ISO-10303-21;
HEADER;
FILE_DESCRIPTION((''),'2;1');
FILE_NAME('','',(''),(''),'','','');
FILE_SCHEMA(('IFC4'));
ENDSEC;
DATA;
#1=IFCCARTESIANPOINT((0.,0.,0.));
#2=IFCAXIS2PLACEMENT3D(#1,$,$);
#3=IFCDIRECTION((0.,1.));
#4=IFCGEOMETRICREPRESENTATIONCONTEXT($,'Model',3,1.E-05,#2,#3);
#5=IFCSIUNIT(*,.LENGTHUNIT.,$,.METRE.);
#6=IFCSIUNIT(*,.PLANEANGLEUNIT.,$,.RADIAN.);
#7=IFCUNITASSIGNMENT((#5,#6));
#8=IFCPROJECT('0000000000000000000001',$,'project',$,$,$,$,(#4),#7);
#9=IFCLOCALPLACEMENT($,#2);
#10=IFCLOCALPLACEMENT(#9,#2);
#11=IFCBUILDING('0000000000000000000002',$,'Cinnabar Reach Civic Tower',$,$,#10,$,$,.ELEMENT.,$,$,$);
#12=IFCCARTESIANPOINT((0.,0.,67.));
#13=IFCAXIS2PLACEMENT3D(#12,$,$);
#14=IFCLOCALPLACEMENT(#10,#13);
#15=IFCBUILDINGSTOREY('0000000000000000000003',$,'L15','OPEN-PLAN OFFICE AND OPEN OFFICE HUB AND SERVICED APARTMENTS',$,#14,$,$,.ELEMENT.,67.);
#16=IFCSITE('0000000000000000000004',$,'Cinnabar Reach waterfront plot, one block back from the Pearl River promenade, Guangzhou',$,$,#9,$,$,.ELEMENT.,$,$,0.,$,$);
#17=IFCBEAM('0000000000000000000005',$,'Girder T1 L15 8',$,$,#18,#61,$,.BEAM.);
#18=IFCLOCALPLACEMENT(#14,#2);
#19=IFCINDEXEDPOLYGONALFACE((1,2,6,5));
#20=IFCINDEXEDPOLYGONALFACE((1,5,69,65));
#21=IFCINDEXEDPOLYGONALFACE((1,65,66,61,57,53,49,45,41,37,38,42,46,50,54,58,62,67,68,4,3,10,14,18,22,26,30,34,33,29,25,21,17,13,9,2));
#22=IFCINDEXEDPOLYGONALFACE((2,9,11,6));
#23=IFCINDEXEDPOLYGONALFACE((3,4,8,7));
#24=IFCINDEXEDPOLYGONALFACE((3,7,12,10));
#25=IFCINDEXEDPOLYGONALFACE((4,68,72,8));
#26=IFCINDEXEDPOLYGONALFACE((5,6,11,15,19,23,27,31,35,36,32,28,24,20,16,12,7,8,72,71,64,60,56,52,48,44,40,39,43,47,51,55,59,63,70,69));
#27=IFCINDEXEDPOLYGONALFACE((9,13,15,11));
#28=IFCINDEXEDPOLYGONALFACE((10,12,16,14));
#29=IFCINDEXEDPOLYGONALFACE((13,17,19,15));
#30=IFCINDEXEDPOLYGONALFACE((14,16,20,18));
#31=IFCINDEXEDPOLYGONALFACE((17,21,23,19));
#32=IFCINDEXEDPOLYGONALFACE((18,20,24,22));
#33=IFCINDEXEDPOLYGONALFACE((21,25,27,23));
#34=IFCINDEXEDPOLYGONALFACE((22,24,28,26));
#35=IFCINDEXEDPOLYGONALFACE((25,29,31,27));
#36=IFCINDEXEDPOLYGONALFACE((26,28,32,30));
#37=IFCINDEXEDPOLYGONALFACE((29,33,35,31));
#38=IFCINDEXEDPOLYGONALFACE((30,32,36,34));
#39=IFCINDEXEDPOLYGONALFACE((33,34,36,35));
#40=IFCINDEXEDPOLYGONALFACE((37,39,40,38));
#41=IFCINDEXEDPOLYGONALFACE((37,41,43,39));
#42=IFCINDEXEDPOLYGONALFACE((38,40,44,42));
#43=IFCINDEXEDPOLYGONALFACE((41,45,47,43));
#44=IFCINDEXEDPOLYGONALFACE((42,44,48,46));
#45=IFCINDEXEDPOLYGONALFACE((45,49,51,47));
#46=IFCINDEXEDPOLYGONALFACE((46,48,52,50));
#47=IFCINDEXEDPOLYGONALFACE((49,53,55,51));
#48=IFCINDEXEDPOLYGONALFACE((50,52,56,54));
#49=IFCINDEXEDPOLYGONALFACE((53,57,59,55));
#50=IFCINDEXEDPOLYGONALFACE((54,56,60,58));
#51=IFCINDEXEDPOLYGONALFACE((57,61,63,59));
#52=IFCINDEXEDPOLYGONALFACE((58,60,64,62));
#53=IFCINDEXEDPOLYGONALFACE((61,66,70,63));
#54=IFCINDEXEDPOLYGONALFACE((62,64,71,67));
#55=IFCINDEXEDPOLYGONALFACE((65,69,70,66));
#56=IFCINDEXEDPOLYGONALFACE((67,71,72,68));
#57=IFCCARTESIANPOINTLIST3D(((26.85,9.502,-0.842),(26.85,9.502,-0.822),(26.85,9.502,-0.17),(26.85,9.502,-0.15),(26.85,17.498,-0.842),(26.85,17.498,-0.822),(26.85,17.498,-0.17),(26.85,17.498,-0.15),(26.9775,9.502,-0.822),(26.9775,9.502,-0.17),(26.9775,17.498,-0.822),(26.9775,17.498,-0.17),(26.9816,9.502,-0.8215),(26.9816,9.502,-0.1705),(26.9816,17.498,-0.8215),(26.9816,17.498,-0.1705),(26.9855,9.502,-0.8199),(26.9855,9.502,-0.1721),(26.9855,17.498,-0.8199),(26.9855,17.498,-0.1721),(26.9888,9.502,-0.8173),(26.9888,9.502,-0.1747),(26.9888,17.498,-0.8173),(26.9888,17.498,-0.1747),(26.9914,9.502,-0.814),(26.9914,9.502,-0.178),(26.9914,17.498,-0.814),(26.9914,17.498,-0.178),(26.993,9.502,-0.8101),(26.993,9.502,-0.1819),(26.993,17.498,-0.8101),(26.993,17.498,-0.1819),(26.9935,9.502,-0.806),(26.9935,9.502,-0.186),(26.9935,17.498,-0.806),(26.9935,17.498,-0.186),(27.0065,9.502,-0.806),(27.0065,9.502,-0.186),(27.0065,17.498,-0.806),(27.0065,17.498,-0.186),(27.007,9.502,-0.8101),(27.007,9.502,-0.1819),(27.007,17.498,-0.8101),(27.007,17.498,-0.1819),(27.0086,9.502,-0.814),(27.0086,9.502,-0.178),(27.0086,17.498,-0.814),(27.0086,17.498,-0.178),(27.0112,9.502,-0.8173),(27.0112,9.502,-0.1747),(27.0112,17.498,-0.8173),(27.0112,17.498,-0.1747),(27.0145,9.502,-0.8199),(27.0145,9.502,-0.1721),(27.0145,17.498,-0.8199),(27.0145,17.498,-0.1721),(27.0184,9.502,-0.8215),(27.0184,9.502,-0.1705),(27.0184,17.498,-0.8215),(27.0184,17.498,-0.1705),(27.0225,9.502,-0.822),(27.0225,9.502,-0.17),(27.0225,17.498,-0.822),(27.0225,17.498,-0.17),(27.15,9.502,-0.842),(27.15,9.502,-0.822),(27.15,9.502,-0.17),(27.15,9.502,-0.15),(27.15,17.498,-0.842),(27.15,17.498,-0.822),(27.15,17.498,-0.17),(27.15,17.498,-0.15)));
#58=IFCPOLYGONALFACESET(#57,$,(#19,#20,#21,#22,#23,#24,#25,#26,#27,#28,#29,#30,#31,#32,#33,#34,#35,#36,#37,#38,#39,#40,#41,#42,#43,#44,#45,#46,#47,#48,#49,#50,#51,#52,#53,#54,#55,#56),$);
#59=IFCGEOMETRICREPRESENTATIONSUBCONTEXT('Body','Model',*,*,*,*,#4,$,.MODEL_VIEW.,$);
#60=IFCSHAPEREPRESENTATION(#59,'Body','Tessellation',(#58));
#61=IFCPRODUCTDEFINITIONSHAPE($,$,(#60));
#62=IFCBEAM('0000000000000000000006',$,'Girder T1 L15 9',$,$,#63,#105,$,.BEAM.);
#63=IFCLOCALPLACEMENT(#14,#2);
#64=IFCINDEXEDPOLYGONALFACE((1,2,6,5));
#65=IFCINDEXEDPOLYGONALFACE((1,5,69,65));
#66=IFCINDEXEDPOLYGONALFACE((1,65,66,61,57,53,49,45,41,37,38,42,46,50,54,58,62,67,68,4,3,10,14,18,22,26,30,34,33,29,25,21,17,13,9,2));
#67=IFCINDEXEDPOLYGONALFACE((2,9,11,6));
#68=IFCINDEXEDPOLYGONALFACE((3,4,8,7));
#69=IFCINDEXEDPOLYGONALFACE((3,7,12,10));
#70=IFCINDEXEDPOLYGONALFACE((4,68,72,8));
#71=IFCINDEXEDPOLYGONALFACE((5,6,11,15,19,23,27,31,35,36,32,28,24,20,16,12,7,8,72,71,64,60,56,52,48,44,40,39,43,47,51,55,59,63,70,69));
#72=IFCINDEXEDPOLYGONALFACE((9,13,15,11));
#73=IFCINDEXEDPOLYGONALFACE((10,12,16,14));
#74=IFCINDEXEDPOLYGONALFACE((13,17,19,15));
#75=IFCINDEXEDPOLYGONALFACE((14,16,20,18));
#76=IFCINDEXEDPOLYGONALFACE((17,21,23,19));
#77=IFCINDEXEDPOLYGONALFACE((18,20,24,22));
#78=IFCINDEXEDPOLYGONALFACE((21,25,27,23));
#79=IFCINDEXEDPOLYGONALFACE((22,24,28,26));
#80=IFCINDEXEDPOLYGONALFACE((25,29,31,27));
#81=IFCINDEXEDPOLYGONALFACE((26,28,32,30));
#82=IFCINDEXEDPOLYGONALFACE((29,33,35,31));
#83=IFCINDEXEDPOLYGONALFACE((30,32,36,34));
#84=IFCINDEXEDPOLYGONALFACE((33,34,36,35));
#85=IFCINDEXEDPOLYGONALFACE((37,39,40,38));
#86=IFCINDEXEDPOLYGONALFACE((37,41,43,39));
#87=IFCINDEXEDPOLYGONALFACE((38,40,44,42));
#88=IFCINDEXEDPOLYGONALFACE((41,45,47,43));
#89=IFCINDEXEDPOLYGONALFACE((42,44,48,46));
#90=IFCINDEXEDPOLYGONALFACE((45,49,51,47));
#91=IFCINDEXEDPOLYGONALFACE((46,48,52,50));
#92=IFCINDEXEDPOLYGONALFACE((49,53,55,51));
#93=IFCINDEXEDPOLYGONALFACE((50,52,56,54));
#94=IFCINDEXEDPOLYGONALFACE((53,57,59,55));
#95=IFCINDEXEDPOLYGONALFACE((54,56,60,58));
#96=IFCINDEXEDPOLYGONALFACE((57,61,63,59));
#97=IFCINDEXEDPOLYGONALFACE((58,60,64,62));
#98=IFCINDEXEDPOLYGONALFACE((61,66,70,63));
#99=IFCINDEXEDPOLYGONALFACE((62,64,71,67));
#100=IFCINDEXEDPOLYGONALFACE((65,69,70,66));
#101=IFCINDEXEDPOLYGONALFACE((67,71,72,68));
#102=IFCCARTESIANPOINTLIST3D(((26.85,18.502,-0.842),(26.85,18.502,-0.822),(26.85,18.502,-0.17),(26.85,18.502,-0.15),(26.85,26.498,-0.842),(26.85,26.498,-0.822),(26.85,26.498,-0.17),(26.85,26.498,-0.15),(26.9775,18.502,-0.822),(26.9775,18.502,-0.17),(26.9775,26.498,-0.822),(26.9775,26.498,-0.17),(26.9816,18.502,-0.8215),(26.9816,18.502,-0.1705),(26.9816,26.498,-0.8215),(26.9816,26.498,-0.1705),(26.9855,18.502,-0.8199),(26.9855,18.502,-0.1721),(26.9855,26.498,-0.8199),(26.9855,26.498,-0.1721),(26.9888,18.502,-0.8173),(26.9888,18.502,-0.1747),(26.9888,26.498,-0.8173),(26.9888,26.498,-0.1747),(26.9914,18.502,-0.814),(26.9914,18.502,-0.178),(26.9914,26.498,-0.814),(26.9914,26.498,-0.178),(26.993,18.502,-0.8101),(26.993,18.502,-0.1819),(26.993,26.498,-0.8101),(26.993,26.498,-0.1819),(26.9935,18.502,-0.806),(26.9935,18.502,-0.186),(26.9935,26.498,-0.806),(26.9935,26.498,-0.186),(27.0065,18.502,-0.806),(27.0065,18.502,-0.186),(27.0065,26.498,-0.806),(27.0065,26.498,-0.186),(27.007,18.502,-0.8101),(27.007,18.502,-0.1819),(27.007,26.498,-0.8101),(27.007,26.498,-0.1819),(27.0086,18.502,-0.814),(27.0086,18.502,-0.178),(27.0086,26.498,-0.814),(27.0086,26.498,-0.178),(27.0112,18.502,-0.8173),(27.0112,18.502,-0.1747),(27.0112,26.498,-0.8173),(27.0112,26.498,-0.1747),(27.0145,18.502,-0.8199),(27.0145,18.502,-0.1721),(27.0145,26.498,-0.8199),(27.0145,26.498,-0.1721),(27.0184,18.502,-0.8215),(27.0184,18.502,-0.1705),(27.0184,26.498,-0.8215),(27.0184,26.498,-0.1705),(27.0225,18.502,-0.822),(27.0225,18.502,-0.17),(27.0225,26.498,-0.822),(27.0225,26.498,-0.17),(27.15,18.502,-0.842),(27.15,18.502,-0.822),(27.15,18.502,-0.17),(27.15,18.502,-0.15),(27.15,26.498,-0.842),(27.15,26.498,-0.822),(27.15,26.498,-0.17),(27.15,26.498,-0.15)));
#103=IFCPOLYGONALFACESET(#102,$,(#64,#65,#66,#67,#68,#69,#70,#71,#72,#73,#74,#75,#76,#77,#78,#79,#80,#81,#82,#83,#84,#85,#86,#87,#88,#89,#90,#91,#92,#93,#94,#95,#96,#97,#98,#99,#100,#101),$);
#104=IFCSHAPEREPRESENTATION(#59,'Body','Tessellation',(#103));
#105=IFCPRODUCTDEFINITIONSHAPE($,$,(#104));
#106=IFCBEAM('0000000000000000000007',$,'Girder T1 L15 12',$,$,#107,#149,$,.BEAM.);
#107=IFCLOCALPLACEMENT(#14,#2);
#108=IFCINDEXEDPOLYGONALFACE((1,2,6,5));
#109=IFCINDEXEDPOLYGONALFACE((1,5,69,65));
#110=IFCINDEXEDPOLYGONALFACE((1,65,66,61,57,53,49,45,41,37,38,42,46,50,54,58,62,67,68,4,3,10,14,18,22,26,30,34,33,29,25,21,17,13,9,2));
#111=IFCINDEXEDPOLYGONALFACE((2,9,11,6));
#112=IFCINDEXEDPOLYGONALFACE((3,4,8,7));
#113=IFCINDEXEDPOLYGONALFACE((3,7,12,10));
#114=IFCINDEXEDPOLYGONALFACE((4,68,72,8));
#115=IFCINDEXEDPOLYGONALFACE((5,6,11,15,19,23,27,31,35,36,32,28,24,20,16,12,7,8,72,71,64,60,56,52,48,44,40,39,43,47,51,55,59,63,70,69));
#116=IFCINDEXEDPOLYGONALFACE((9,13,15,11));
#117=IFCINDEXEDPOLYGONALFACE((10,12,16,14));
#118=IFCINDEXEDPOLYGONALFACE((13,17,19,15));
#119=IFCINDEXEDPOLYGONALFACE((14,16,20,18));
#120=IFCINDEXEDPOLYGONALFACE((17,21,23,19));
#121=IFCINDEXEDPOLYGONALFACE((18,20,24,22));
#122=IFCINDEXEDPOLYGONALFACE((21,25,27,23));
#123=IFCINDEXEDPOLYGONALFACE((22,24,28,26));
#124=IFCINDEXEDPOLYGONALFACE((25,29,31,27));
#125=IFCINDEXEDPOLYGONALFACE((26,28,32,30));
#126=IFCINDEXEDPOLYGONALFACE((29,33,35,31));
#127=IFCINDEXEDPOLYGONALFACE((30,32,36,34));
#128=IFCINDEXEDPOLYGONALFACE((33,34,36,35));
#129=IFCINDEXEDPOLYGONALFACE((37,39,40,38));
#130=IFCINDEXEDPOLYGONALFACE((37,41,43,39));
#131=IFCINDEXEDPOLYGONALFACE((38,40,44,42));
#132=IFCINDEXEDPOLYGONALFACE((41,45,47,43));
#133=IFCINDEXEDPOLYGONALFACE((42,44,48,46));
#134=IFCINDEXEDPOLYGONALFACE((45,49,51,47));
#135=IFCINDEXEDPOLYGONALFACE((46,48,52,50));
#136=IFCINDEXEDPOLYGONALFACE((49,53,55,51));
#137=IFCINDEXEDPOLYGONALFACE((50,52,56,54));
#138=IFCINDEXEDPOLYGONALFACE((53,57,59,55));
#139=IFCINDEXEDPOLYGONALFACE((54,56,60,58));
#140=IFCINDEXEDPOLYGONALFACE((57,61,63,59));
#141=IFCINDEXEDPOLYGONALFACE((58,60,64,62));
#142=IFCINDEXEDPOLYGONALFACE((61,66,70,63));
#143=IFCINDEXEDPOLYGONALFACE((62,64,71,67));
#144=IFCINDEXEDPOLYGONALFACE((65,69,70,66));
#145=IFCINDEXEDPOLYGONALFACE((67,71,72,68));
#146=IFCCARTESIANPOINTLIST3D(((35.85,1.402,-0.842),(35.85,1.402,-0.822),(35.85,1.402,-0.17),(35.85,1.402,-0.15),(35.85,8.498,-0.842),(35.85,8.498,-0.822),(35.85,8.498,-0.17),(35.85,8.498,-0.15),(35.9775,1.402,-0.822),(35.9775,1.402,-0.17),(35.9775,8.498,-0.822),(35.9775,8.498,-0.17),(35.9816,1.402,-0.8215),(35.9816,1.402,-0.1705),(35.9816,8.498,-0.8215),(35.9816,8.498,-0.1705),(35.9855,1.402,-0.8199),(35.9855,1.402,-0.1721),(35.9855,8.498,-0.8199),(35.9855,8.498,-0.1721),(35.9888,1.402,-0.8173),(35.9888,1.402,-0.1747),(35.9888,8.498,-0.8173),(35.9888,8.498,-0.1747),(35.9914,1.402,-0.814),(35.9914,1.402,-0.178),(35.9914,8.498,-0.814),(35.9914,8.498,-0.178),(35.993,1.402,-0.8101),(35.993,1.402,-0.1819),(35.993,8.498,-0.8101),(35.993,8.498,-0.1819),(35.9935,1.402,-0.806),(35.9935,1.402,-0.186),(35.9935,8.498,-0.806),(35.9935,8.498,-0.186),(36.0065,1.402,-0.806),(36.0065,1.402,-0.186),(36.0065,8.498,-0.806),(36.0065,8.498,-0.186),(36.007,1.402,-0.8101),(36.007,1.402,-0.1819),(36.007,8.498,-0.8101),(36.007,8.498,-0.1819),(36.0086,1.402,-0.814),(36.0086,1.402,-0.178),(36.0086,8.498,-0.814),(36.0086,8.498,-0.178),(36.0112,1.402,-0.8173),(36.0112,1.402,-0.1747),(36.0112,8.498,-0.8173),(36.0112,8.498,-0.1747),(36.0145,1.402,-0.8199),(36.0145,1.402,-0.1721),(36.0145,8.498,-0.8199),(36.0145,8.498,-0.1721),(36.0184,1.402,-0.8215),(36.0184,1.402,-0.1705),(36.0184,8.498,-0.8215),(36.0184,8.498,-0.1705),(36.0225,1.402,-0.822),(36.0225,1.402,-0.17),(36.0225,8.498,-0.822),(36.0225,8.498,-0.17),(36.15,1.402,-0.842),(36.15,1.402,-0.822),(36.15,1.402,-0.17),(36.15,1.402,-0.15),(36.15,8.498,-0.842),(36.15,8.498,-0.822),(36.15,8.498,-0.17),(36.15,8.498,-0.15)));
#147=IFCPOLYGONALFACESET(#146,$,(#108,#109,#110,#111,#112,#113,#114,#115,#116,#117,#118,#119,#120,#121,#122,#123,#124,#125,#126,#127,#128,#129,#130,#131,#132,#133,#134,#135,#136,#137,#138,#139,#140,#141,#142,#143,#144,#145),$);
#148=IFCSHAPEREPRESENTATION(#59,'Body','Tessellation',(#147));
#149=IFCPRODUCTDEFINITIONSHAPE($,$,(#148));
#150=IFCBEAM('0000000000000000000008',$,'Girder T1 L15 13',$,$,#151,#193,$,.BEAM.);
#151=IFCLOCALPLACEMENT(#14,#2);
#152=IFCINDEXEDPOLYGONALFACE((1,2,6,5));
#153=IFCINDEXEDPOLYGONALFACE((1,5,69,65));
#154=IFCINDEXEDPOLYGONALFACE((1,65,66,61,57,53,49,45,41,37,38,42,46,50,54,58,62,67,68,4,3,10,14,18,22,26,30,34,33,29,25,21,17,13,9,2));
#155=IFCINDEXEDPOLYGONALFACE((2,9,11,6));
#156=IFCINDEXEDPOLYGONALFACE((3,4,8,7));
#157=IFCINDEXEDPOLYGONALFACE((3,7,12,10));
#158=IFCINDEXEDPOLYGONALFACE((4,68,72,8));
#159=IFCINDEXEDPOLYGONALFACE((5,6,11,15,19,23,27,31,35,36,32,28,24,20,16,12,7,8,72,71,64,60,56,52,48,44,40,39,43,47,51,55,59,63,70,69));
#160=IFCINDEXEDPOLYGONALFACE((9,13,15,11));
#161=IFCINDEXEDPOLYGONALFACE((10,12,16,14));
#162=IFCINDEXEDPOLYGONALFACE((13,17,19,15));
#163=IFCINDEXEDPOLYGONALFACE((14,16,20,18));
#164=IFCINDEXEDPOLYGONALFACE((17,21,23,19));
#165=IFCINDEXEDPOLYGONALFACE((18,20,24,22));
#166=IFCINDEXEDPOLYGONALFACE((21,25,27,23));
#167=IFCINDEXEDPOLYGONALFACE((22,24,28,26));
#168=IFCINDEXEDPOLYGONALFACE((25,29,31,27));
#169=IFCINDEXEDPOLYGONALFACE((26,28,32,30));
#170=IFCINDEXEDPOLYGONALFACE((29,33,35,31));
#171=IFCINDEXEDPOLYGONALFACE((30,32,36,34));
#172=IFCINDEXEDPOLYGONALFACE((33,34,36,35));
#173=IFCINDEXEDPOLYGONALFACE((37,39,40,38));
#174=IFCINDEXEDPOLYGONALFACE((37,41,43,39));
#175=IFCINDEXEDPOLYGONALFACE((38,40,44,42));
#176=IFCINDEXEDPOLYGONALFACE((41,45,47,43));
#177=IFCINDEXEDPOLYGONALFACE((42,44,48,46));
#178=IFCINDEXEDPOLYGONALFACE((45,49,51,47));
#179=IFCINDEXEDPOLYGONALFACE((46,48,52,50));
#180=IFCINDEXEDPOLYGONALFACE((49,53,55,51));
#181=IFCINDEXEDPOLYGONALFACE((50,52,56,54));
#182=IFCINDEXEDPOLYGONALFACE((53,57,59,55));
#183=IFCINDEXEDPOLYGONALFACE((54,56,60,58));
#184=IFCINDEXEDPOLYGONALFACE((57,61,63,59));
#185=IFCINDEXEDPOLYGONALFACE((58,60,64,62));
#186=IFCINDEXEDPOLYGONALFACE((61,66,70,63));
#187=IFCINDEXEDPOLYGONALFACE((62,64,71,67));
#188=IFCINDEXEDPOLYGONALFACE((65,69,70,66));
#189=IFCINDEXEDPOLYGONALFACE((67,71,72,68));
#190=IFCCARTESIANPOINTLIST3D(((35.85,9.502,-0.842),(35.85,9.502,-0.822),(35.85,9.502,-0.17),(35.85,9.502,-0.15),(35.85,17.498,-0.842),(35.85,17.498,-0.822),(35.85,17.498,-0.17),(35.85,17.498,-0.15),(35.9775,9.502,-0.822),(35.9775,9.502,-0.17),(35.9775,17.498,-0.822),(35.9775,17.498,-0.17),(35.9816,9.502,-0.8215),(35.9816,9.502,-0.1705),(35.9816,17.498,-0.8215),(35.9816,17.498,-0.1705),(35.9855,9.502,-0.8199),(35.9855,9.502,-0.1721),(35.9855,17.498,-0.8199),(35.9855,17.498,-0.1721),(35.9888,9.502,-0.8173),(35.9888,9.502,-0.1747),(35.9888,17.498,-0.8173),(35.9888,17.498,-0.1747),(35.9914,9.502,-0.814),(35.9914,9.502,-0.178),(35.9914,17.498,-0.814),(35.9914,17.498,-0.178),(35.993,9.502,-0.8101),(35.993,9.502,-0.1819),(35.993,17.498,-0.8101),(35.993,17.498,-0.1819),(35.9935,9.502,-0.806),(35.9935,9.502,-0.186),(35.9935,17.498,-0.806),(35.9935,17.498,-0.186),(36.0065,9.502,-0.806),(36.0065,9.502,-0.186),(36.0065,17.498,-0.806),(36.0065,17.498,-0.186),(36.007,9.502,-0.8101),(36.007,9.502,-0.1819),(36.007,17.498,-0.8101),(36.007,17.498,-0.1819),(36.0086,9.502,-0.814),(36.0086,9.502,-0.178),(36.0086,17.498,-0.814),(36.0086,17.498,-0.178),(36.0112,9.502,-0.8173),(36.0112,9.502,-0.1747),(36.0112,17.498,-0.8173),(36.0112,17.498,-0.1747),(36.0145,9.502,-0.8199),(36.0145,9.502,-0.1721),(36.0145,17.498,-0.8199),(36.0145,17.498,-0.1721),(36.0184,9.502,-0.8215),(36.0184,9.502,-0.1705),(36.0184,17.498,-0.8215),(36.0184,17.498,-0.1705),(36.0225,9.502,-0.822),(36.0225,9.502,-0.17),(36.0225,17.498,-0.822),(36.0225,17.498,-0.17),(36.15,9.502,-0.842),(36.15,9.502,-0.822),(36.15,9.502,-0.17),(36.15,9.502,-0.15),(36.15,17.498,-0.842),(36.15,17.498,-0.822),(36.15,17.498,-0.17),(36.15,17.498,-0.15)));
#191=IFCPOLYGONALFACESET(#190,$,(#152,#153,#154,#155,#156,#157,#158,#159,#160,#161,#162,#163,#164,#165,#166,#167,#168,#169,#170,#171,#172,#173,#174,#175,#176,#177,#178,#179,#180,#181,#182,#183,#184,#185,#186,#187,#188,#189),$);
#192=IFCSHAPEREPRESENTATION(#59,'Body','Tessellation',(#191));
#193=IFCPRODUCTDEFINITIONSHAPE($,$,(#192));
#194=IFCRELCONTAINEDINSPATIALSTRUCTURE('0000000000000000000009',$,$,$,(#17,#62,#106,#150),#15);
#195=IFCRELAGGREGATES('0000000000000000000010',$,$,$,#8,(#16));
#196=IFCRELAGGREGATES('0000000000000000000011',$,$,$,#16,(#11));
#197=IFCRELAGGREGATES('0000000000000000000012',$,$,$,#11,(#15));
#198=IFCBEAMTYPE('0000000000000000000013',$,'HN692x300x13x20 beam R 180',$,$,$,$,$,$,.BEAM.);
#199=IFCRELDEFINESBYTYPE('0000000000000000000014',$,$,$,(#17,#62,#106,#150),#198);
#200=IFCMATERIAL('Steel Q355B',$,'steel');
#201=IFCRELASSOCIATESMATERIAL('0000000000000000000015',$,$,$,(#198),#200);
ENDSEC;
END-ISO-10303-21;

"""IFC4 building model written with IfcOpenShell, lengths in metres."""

from ifc_helpers import new_model, si_unit, direction, frame, origin, origin_2d, place, context, subcontext, project, spatial, i_section, extrude, material, material_profile, profile_set, type_object, element, save


model = new_model("IFC4")

# Units and contexts
model_context = context("Model", 3, precision=1e-05, world=origin(), true_north=direction((0.0, 1.0)))
body_context = subcontext(model_context, "Body", "Model", "MODEL_VIEW")
ifc_project = project(units=[si_unit("LENGTHUNIT", "METRE"), si_unit("PLANEANGLEUNIT", "RADIAN")], contexts=[model_context])

# Site, building, storey
site_placement = place(None, origin())
site = spatial("IfcSite", under=ifc_project, at=site_placement, Name="Cinnabar Reach waterfront plot, one block back from the Pearl River promenade, Guangzhou", CompositionType="ELEMENT", RefElevation=0.0)
building_placement = place(site_placement, origin())
building = spatial("IfcBuilding", under=site, at=building_placement, Name="Cinnabar Reach Civic Tower", CompositionType="ELEMENT")
storey_placement = place(building_placement, frame((0.0, 0.0, 67.0)))
storey = spatial("IfcBuildingStorey", under=building, at=storey_placement, Name="L15", Description="OPEN-PLAN OFFICE AND OPEN OFFICE HUB AND SERVICED APARTMENTS", CompositionType="ELEMENT", Elevation=67.0)

# Beams
ifc_material_1 = material(Name="Steel Q355B", Category="steel")
ifc_material_profile_1 = material_profile(ifc_material_1, i_section(OverallWidth=0.3, OverallDepth=0.692, WebThickness=0.013, FlangeThickness=0.02, FilletRadius=0.016, at=origin_2d()), Name="HN692x300x13x20")
ifc_profile_set_1 = profile_set([ifc_material_profile_1], Name="Steel Q355B")
beam_type_1 = type_object("IfcBeamType", Name="HN692x300x13x20 beam R 180", PredefinedType="BEAM", material=ifc_profile_set_1)
for number, where, z_axis, x_axis, name in (
    (1, (27.0, 9.502, -0.496), (0.0, 1.0, 0.0), (-1.0, 0.0, 0.0), "Girder T1 L15 8"),
    (2, (27.0, 18.502, -0.496), (0.0, 1.0, 0.0), (-1.0, 0.0, 0.0), "Girder T1 L15 9"),
):
    element("IfcBeam", number, at=place(storey_placement, frame(where, z_axis=z_axis, x_axis=x_axis)), inside=storey, type_object=beam_type_1, Name=name, PredefinedType="BEAM", context=body_context, shape_type="SweptSolid", body=[
        extrude(i_section(OverallWidth=0.3, OverallDepth=0.692, WebThickness=0.013, FlangeThickness=0.02, FilletRadius=0.016, at=origin_2d()), origin(), (0.0, 0.0, 1.0), 7.996),
    ])
beam_1_placement = place(storey_placement, frame((36.0, 1.402, -0.496), z_axis=(0.0, 1.0, 0.0), x_axis=(-1.0, 0.0, 0.0)))
element("IfcBeam", 3, at=beam_1_placement, inside=storey, type_object=beam_type_1, Name="Girder T1 L15 12", PredefinedType="BEAM", context=body_context, shape_type="SweptSolid", body=[
    extrude(i_section(OverallWidth=0.3, OverallDepth=0.692, WebThickness=0.013, FlangeThickness=0.02, FilletRadius=0.016, at=origin_2d()), origin(), (0.0, 0.0, 1.0), 7.096),
])
for number, where, z_axis, x_axis, name in (
    (4, (36.0, 9.502, -0.496), (0.0, 1.0, 0.0), (-1.0, 0.0, 0.0), "Girder T1 L15 13"),
):
    element("IfcBeam", number, at=place(storey_placement, frame(where, z_axis=z_axis, x_axis=x_axis)), inside=storey, type_object=beam_type_1, Name=name, PredefinedType="BEAM", context=body_context, shape_type="SweptSolid", body=[
        extrude(i_section(OverallWidth=0.3, OverallDepth=0.692, WebThickness=0.013, FlangeThickness=0.02, FilletRadius=0.016, at=origin_2d()), origin(), (0.0, 0.0, 1.0), 7.996),
    ])

save(model, "model.ifc")
